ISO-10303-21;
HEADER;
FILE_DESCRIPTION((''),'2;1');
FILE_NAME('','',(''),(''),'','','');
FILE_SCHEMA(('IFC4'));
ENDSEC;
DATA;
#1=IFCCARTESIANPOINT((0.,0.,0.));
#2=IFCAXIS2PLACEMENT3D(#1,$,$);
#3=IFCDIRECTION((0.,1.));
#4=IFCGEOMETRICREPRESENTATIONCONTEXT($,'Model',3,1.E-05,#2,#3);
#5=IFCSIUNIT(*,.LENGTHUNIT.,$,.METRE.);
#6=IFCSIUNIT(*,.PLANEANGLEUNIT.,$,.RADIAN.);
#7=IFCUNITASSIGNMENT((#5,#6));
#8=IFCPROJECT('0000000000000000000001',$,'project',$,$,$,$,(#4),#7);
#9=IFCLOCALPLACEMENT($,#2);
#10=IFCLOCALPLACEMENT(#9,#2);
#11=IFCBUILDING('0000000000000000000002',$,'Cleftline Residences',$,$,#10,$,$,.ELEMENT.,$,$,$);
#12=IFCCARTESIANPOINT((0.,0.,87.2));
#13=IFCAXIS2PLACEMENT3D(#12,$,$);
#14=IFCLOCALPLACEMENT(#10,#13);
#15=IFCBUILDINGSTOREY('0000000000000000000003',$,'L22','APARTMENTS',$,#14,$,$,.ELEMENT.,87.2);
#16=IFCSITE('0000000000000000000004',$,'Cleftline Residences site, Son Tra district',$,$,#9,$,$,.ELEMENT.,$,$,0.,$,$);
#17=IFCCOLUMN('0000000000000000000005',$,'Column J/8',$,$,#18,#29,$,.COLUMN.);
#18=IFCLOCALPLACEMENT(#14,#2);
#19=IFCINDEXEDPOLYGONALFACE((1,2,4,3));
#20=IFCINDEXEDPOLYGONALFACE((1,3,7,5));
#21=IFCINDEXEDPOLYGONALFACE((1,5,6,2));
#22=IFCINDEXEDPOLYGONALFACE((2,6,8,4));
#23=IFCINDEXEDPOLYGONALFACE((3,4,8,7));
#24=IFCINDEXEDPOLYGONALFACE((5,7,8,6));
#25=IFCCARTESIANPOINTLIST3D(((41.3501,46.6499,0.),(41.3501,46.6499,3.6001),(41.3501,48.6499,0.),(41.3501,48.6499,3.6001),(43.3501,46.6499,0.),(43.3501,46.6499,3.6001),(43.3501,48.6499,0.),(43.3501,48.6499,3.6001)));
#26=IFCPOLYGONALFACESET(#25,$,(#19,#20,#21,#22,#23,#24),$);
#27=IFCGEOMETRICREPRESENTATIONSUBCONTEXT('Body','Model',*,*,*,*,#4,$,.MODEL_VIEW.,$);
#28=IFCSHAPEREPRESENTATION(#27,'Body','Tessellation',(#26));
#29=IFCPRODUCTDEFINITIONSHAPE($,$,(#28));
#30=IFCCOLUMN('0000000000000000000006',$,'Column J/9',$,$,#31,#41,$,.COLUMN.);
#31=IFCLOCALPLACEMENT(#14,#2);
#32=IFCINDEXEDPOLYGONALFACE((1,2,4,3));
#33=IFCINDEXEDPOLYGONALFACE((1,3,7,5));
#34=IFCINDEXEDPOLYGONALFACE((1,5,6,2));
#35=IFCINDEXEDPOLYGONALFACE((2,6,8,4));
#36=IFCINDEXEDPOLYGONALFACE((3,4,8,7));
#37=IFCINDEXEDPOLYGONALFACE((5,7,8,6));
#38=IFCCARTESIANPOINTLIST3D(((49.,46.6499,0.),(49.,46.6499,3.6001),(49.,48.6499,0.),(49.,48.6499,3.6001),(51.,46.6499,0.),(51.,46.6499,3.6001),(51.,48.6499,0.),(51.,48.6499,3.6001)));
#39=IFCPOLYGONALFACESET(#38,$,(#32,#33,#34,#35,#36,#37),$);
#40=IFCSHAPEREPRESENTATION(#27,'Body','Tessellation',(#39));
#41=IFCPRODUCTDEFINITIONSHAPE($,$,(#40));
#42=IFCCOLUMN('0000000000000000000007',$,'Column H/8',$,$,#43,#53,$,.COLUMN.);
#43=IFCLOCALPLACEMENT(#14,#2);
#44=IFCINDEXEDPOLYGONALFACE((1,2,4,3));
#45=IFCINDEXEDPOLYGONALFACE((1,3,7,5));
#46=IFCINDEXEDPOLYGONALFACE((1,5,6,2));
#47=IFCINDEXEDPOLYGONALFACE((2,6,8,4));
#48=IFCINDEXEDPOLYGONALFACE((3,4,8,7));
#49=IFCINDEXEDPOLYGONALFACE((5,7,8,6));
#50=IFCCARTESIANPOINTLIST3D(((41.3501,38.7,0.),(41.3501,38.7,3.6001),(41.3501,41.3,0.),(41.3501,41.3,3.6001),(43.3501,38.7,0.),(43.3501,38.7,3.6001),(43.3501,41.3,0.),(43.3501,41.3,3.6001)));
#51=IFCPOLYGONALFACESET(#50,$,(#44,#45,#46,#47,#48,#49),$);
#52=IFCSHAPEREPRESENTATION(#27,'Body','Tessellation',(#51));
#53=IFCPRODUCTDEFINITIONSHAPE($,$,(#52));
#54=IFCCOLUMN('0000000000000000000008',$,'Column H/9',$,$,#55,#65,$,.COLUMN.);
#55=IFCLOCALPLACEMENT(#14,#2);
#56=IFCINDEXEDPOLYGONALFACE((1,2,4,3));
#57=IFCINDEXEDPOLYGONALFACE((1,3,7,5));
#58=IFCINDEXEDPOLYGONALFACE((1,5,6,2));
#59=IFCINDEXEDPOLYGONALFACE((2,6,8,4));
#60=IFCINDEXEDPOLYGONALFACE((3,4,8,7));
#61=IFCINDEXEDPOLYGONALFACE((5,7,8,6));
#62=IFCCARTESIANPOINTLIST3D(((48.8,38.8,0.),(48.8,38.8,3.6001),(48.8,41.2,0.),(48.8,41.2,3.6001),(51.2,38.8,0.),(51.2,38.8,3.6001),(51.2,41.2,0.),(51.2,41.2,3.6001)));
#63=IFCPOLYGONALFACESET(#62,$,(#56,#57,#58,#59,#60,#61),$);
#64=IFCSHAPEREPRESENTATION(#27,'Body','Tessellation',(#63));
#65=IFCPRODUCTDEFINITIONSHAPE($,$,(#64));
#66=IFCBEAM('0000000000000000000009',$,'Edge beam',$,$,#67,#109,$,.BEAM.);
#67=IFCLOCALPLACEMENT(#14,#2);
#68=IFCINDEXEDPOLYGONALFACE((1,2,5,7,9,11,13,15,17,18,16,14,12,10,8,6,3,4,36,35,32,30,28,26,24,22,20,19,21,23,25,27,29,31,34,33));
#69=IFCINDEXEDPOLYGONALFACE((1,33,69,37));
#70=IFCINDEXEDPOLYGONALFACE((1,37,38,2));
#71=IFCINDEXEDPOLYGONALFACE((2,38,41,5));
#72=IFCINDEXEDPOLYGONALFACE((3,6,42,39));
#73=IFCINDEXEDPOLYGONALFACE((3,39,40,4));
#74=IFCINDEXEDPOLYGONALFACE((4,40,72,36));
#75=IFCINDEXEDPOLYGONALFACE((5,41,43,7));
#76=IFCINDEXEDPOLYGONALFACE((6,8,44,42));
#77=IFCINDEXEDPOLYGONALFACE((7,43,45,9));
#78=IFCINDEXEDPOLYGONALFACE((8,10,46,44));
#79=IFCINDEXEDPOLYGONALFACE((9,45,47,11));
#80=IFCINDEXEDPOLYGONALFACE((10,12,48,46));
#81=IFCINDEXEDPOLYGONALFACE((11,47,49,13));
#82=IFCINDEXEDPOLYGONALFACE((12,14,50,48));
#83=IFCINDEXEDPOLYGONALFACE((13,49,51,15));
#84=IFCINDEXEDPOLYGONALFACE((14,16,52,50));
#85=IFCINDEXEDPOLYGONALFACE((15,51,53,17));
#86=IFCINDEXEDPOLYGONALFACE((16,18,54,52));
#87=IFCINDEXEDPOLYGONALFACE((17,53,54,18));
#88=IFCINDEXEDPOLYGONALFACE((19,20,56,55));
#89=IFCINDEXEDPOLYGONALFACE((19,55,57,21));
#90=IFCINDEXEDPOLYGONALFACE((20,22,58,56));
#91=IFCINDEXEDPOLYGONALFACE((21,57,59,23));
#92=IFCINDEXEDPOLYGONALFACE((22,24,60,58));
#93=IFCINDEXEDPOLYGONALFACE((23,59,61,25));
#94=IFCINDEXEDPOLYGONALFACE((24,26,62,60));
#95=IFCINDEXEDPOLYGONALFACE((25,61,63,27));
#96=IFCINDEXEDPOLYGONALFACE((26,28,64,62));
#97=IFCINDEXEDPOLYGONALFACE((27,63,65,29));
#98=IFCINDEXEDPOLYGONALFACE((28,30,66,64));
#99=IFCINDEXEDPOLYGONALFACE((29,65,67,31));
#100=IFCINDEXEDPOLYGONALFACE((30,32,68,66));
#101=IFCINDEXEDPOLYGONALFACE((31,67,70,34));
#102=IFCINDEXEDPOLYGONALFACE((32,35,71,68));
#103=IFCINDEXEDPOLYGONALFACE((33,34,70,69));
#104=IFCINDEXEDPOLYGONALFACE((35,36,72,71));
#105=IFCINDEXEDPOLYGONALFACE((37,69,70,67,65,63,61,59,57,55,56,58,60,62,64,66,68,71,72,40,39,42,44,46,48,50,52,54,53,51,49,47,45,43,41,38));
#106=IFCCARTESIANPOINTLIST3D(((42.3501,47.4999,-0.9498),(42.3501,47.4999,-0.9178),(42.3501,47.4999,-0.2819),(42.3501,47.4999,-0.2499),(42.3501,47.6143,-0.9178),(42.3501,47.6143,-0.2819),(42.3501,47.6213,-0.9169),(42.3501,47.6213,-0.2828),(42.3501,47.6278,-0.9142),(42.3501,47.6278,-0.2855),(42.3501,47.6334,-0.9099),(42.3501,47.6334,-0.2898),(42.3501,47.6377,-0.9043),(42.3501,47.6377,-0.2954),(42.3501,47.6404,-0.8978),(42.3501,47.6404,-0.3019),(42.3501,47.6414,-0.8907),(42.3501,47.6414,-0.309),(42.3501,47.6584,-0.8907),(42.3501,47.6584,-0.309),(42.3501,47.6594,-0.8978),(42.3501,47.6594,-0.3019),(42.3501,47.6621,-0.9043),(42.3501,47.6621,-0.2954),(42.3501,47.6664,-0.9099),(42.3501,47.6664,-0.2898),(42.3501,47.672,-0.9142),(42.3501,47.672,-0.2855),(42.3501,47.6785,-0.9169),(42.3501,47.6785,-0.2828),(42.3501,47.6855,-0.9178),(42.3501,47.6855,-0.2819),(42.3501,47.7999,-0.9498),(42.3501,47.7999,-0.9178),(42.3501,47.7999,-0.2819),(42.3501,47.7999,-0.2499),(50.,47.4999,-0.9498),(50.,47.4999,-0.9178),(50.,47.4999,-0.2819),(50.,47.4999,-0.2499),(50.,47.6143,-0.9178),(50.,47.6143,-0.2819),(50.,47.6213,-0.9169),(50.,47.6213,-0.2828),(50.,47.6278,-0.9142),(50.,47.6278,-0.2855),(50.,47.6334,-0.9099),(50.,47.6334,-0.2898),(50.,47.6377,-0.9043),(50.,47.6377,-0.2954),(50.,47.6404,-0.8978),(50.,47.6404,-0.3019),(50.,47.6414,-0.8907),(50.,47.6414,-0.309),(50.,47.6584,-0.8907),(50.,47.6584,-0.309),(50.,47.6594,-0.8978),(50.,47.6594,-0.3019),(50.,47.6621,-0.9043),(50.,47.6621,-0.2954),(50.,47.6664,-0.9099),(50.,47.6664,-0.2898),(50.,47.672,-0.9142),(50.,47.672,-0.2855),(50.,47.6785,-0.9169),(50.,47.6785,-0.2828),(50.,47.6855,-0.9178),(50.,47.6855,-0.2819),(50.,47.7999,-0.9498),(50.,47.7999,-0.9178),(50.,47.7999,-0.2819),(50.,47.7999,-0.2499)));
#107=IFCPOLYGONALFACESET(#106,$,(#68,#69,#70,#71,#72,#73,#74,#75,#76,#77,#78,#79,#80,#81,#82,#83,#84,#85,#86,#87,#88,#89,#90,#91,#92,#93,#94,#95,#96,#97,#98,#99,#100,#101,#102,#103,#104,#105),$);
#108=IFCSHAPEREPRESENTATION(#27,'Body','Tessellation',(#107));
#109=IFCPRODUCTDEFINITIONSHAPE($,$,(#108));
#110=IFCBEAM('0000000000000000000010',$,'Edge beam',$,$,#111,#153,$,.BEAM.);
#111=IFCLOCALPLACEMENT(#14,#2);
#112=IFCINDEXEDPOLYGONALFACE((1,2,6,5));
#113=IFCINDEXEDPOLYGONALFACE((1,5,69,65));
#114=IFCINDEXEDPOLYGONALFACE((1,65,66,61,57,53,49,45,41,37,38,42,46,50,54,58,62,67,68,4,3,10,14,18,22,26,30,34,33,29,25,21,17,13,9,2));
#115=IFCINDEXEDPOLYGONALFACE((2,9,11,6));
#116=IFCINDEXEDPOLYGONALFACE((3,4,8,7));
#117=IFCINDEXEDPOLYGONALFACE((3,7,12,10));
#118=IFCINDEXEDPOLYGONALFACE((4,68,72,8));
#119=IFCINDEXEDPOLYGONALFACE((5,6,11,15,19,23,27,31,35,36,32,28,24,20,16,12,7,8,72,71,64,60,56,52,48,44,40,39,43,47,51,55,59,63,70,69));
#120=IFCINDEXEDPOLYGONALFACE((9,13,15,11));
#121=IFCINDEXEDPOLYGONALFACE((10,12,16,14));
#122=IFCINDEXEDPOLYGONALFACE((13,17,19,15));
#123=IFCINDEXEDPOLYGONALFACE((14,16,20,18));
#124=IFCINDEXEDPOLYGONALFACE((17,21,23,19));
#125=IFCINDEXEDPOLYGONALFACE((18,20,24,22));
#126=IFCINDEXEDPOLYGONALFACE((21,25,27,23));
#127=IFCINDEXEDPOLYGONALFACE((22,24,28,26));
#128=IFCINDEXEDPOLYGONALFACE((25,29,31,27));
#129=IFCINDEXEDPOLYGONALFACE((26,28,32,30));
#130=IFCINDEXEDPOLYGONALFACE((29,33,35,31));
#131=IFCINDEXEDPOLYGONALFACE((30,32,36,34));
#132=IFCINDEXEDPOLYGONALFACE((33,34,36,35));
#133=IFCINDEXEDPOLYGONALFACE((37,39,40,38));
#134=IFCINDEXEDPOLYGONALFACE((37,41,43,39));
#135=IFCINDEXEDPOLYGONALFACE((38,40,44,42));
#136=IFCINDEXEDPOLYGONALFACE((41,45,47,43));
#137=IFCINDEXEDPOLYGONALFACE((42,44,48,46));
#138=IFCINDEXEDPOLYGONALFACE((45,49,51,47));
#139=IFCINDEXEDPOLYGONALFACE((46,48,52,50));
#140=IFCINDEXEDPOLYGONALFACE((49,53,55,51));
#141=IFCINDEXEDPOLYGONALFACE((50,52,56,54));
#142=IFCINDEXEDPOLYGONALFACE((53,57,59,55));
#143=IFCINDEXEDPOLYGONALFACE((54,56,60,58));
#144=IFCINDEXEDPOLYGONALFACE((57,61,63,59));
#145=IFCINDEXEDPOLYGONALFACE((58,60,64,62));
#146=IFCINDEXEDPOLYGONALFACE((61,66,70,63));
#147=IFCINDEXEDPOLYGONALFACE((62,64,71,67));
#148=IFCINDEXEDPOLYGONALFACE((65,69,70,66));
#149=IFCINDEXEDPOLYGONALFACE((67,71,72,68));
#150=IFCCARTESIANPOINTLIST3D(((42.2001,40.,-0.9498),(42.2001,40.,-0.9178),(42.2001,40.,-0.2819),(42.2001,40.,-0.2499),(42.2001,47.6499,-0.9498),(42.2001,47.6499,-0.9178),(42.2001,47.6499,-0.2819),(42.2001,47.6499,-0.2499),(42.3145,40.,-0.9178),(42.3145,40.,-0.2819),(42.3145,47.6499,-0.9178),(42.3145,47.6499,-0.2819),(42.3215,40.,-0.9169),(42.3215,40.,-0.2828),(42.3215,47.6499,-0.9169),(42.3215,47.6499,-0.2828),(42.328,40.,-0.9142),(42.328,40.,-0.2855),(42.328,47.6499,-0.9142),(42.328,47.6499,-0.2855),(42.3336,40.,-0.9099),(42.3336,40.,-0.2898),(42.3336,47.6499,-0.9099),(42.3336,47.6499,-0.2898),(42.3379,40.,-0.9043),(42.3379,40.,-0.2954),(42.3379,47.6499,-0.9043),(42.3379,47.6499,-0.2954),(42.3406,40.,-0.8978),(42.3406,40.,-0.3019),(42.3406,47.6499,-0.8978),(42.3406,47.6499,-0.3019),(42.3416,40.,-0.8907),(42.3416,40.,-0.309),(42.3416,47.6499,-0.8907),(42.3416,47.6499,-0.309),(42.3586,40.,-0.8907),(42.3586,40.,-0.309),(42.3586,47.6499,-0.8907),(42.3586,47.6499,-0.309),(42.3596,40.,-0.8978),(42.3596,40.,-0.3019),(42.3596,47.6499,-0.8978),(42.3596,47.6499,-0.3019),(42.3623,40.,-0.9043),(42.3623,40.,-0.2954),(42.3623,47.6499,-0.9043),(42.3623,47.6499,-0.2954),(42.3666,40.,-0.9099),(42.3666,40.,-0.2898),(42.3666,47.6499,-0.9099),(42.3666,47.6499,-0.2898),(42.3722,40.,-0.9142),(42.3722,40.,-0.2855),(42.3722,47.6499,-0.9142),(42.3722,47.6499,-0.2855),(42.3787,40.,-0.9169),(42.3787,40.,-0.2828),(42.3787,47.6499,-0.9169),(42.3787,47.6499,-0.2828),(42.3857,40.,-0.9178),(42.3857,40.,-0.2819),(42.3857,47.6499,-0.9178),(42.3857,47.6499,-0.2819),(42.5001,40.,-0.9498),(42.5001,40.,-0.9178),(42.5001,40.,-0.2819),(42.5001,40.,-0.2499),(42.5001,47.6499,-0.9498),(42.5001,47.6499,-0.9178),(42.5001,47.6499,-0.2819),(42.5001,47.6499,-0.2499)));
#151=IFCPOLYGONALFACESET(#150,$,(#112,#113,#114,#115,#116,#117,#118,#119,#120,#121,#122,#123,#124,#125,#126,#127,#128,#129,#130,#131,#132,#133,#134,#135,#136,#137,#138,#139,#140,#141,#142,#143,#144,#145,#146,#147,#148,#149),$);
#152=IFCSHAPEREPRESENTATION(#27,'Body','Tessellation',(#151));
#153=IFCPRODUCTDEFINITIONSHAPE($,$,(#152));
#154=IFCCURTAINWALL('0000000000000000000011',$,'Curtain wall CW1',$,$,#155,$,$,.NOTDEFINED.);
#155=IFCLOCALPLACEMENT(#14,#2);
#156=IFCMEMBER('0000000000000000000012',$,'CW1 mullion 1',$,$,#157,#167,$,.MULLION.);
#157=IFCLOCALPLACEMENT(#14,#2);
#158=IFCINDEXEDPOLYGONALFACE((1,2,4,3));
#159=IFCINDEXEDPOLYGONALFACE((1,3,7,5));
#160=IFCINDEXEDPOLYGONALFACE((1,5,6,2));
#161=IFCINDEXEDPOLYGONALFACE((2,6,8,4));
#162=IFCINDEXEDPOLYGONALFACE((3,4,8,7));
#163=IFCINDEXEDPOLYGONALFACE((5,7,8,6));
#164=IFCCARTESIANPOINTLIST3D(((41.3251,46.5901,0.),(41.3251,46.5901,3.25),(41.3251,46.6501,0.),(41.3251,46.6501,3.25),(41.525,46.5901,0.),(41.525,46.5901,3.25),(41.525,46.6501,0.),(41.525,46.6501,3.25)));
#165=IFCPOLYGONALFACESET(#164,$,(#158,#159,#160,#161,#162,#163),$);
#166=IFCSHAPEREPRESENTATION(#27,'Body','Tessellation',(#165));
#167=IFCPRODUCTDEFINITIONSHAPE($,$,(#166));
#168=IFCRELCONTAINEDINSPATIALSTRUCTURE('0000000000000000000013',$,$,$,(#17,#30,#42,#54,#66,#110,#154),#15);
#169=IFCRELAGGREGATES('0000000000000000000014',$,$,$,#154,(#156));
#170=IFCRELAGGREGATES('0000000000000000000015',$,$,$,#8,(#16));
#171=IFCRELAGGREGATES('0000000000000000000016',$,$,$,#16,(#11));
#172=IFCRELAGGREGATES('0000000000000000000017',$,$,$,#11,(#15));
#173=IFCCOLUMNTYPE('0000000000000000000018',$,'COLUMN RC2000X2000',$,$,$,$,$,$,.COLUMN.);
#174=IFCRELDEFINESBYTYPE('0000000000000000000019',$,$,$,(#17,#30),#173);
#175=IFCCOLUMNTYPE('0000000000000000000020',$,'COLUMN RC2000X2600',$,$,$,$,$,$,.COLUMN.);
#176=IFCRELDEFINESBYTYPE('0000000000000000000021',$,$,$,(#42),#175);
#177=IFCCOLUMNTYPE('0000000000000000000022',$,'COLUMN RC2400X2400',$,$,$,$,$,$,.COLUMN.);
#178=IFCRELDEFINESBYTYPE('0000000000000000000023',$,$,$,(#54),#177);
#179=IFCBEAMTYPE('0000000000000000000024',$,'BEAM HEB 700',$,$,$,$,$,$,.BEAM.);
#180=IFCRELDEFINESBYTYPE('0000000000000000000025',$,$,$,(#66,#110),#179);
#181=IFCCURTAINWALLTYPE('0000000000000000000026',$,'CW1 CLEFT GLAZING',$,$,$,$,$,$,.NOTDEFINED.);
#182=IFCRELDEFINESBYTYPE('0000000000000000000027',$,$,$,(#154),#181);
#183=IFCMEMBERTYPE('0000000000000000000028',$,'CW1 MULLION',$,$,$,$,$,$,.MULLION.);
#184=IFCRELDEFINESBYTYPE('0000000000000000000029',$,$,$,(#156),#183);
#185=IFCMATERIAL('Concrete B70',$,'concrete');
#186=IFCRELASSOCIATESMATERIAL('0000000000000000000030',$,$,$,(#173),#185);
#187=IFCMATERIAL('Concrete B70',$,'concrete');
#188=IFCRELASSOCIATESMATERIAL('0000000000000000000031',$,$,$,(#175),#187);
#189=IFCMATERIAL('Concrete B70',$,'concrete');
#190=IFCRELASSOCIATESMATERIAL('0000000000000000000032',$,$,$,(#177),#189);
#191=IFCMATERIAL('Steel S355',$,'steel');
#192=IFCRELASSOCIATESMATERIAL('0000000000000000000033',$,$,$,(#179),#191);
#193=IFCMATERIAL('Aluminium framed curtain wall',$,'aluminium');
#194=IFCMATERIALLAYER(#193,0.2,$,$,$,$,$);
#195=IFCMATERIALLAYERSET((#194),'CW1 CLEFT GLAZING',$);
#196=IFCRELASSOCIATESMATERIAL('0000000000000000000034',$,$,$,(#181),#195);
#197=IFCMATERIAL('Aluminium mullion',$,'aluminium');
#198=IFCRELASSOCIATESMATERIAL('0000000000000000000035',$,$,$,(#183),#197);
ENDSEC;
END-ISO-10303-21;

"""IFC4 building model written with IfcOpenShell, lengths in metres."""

from ifc_helpers import new_model, si_unit, direction, frame, origin, origin_2d, place, context, subcontext, project, spatial, rectangle, i_section, extrude, material, layer, layer_set, material_profile, profile_set, type_object, element, aggregate, save


model = new_model("IFC4")

# Units and contexts
model_context = context("Model", 3, precision=1e-05, world=origin(), true_north=direction((0.0, 1.0)))
body_context = subcontext(model_context, "Body", "Model", "MODEL_VIEW")
ifc_project = project(units=[si_unit("LENGTHUNIT", "METRE"), si_unit("PLANEANGLEUNIT", "RADIAN")], contexts=[model_context])

# Site, building, storey
site_placement = place(None, origin())
site = spatial("IfcSite", under=ifc_project, at=site_placement, Name="Cleftline Residences site, Son Tra district", CompositionType="ELEMENT", RefElevation=0.0)
building_placement = place(site_placement, origin())
building = spatial("IfcBuilding", under=site, at=building_placement, Name="Cleftline Residences", CompositionType="ELEMENT")
storey_placement = place(building_placement, frame((0.0, 0.0, 87.2)))
storey = spatial("IfcBuildingStorey", under=building, at=storey_placement, Name="L22", Description="APARTMENTS", CompositionType="ELEMENT", Elevation=87.2)

# Columns
ifc_material_1 = material(Name="Concrete B70", Category="concrete")
ifc_material_profile_1 = material_profile(ifc_material_1, rectangle(XDim=2.0, YDim=2.0, at=origin_2d()))
ifc_profile_set_1 = profile_set([ifc_material_profile_1], Name="Concrete B70")
column_type_1 = type_object("IfcColumnType", Name="COLUMN RC2000X2000", PredefinedType="COLUMN", material=ifc_profile_set_1)
for number, where, z_axis, x_axis, name in (
    (1, (42.3501, 47.6499, 0.0), (0.0, 0.0, 1.0), (1.0, 0.0, 0.0), "Column J/8"),
    (2, (50.0, 47.6499, 0.0), (0.0, 0.0, 1.0), (1.0, 0.0, 0.0), "Column J/9"),
):
    element("IfcColumn", number, at=place(storey_placement, frame(where, z_axis=z_axis, x_axis=x_axis)), inside=storey, type_object=column_type_1, Name=name, PredefinedType="COLUMN", context=body_context, shape_type="SweptSolid", body=[
        extrude(rectangle(XDim=2.0, YDim=2.0, at=origin_2d()), origin(), (0.0, 0.0, 1.0), 3.6001),
    ])
ifc_material_2 = material(Name="Concrete B70", Category="concrete")
ifc_material_profile_2 = material_profile(ifc_material_2, rectangle(XDim=2.0, YDim=2.6001, at=origin_2d()))
ifc_profile_set_2 = profile_set([ifc_material_profile_2], Name="Concrete B70")
column_type_2 = type_object("IfcColumnType", Name="COLUMN RC2000X2600", PredefinedType="COLUMN", material=ifc_profile_set_2)
column_1_placement = place(storey_placement, frame((42.3501, 40.0, 0.0), z_axis=(0.0, 0.0, 1.0), x_axis=(1.0, 0.0, 0.0)))
element("IfcColumn", 3, at=column_1_placement, inside=storey, type_object=column_type_2, Name="Column H/8", PredefinedType="COLUMN", context=body_context, shape_type="SweptSolid", body=[
    extrude(rectangle(XDim=2.0, YDim=2.6001, at=origin_2d()), origin(), (0.0, 0.0, 1.0), 3.6001),
])
ifc_material_3 = material(Name="Concrete B70", Category="concrete")
ifc_material_profile_3 = material_profile(ifc_material_3, rectangle(XDim=2.3999, YDim=2.3999, at=origin_2d()))
ifc_profile_set_3 = profile_set([ifc_material_profile_3], Name="Concrete B70")
column_type_3 = type_object("IfcColumnType", Name="COLUMN RC2400X2400", PredefinedType="COLUMN", material=ifc_profile_set_3)
column_2_placement = place(storey_placement, frame((50.0, 40.0, 0.0), z_axis=(0.0, 0.0, 1.0), x_axis=(1.0, 0.0, 0.0)))
element("IfcColumn", 4, at=column_2_placement, inside=storey, type_object=column_type_3, Name="Column H/9", PredefinedType="COLUMN", context=body_context, shape_type="SweptSolid", body=[
    extrude(rectangle(XDim=2.3999, YDim=2.3999, at=origin_2d()), origin(), (0.0, 0.0, 1.0), 3.6001),
])

# Beams
ifc_material_4 = material(Name="Steel S355", Category="steel")
ifc_material_profile_4 = material_profile(ifc_material_4, i_section(OverallWidth=0.3, OverallDepth=0.7, WebThickness=0.0171, FlangeThickness=0.032, FilletRadius=0.0271, at=origin_2d()))
ifc_profile_set_4 = profile_set([ifc_material_profile_4], Name="Steel S355")
beam_type = type_object("IfcBeamType", Name="BEAM HEB 700", PredefinedType="BEAM", material=ifc_profile_set_4)
for number, where, z_axis, x_axis, name in (
    (5, (50.0, 47.6499, -0.5999), (-1.0, 0.0, 0.0), (0.0, -1.0, 0.0), "Edge beam"),
    (6, (42.3501, 47.6499, -0.5999), (0.0, -1.0, 0.0), (1.0, 0.0, 0.0), "Edge beam"),
):
    element("IfcBeam", number, at=place(storey_placement, frame(where, z_axis=z_axis, x_axis=x_axis)), inside=storey, type_object=beam_type, Name=name, PredefinedType="BEAM", context=body_context, shape_type="SweptSolid", body=[
        extrude(i_section(OverallWidth=0.3, OverallDepth=0.7, WebThickness=0.0171, FlangeThickness=0.032, FilletRadius=0.0271, at=origin_2d()), origin(), (0.0, 0.0, 1.0), 7.6499),
    ])

# Curtain wall, member
ifc_material_5 = material(Name="Aluminium framed curtain wall", Category="aluminium")
ifc_layer_1 = layer(ifc_material_5, 0.2)
ifc_layer_set_1 = layer_set([ifc_layer_1], Name="CW1 CLEFT GLAZING")
curtain_wall_type = type_object("IfcCurtainWallType", Name="CW1 CLEFT GLAZING", PredefinedType="NOTDEFINED", material=ifc_layer_set_1)
curtain_wall_placement = place(storey_placement, origin())
curtain_wall = element("IfcCurtainWall", 7, at=curtain_wall_placement, inside=storey, type_object=curtain_wall_type, Name="Curtain wall CW1", PredefinedType="NOTDEFINED")
ifc_material_6 = material(Name="Aluminium mullion", Category="aluminium")
ifc_material_profile_5 = material_profile(ifc_material_6, rectangle(XDim=0.2, YDim=0.0601, at=origin_2d()))
ifc_profile_set_5 = profile_set([ifc_material_profile_5], Name="Aluminium mullion")
member_type = type_object("IfcMemberType", Name="CW1 MULLION", PredefinedType="MULLION", material=ifc_profile_set_5)
member_placement = place(storey_placement, frame((41.425, 46.6201, 0.0), z_axis=(0.0, 0.0, 1.0), x_axis=(1.0, 0.0, 0.0)))
member = element("IfcMember", 8, at=member_placement, type_object=member_type, Name="CW1 mullion 1", PredefinedType="MULLION", context=body_context, shape_type="SweptSolid", body=[
    extrude(rectangle(XDim=0.2, YDim=0.0601, at=origin_2d()), origin(), (0.0, 0.0, 1.0), 3.25),
])
aggregate(curtain_wall, [member])

save(model, "model.ifc")
